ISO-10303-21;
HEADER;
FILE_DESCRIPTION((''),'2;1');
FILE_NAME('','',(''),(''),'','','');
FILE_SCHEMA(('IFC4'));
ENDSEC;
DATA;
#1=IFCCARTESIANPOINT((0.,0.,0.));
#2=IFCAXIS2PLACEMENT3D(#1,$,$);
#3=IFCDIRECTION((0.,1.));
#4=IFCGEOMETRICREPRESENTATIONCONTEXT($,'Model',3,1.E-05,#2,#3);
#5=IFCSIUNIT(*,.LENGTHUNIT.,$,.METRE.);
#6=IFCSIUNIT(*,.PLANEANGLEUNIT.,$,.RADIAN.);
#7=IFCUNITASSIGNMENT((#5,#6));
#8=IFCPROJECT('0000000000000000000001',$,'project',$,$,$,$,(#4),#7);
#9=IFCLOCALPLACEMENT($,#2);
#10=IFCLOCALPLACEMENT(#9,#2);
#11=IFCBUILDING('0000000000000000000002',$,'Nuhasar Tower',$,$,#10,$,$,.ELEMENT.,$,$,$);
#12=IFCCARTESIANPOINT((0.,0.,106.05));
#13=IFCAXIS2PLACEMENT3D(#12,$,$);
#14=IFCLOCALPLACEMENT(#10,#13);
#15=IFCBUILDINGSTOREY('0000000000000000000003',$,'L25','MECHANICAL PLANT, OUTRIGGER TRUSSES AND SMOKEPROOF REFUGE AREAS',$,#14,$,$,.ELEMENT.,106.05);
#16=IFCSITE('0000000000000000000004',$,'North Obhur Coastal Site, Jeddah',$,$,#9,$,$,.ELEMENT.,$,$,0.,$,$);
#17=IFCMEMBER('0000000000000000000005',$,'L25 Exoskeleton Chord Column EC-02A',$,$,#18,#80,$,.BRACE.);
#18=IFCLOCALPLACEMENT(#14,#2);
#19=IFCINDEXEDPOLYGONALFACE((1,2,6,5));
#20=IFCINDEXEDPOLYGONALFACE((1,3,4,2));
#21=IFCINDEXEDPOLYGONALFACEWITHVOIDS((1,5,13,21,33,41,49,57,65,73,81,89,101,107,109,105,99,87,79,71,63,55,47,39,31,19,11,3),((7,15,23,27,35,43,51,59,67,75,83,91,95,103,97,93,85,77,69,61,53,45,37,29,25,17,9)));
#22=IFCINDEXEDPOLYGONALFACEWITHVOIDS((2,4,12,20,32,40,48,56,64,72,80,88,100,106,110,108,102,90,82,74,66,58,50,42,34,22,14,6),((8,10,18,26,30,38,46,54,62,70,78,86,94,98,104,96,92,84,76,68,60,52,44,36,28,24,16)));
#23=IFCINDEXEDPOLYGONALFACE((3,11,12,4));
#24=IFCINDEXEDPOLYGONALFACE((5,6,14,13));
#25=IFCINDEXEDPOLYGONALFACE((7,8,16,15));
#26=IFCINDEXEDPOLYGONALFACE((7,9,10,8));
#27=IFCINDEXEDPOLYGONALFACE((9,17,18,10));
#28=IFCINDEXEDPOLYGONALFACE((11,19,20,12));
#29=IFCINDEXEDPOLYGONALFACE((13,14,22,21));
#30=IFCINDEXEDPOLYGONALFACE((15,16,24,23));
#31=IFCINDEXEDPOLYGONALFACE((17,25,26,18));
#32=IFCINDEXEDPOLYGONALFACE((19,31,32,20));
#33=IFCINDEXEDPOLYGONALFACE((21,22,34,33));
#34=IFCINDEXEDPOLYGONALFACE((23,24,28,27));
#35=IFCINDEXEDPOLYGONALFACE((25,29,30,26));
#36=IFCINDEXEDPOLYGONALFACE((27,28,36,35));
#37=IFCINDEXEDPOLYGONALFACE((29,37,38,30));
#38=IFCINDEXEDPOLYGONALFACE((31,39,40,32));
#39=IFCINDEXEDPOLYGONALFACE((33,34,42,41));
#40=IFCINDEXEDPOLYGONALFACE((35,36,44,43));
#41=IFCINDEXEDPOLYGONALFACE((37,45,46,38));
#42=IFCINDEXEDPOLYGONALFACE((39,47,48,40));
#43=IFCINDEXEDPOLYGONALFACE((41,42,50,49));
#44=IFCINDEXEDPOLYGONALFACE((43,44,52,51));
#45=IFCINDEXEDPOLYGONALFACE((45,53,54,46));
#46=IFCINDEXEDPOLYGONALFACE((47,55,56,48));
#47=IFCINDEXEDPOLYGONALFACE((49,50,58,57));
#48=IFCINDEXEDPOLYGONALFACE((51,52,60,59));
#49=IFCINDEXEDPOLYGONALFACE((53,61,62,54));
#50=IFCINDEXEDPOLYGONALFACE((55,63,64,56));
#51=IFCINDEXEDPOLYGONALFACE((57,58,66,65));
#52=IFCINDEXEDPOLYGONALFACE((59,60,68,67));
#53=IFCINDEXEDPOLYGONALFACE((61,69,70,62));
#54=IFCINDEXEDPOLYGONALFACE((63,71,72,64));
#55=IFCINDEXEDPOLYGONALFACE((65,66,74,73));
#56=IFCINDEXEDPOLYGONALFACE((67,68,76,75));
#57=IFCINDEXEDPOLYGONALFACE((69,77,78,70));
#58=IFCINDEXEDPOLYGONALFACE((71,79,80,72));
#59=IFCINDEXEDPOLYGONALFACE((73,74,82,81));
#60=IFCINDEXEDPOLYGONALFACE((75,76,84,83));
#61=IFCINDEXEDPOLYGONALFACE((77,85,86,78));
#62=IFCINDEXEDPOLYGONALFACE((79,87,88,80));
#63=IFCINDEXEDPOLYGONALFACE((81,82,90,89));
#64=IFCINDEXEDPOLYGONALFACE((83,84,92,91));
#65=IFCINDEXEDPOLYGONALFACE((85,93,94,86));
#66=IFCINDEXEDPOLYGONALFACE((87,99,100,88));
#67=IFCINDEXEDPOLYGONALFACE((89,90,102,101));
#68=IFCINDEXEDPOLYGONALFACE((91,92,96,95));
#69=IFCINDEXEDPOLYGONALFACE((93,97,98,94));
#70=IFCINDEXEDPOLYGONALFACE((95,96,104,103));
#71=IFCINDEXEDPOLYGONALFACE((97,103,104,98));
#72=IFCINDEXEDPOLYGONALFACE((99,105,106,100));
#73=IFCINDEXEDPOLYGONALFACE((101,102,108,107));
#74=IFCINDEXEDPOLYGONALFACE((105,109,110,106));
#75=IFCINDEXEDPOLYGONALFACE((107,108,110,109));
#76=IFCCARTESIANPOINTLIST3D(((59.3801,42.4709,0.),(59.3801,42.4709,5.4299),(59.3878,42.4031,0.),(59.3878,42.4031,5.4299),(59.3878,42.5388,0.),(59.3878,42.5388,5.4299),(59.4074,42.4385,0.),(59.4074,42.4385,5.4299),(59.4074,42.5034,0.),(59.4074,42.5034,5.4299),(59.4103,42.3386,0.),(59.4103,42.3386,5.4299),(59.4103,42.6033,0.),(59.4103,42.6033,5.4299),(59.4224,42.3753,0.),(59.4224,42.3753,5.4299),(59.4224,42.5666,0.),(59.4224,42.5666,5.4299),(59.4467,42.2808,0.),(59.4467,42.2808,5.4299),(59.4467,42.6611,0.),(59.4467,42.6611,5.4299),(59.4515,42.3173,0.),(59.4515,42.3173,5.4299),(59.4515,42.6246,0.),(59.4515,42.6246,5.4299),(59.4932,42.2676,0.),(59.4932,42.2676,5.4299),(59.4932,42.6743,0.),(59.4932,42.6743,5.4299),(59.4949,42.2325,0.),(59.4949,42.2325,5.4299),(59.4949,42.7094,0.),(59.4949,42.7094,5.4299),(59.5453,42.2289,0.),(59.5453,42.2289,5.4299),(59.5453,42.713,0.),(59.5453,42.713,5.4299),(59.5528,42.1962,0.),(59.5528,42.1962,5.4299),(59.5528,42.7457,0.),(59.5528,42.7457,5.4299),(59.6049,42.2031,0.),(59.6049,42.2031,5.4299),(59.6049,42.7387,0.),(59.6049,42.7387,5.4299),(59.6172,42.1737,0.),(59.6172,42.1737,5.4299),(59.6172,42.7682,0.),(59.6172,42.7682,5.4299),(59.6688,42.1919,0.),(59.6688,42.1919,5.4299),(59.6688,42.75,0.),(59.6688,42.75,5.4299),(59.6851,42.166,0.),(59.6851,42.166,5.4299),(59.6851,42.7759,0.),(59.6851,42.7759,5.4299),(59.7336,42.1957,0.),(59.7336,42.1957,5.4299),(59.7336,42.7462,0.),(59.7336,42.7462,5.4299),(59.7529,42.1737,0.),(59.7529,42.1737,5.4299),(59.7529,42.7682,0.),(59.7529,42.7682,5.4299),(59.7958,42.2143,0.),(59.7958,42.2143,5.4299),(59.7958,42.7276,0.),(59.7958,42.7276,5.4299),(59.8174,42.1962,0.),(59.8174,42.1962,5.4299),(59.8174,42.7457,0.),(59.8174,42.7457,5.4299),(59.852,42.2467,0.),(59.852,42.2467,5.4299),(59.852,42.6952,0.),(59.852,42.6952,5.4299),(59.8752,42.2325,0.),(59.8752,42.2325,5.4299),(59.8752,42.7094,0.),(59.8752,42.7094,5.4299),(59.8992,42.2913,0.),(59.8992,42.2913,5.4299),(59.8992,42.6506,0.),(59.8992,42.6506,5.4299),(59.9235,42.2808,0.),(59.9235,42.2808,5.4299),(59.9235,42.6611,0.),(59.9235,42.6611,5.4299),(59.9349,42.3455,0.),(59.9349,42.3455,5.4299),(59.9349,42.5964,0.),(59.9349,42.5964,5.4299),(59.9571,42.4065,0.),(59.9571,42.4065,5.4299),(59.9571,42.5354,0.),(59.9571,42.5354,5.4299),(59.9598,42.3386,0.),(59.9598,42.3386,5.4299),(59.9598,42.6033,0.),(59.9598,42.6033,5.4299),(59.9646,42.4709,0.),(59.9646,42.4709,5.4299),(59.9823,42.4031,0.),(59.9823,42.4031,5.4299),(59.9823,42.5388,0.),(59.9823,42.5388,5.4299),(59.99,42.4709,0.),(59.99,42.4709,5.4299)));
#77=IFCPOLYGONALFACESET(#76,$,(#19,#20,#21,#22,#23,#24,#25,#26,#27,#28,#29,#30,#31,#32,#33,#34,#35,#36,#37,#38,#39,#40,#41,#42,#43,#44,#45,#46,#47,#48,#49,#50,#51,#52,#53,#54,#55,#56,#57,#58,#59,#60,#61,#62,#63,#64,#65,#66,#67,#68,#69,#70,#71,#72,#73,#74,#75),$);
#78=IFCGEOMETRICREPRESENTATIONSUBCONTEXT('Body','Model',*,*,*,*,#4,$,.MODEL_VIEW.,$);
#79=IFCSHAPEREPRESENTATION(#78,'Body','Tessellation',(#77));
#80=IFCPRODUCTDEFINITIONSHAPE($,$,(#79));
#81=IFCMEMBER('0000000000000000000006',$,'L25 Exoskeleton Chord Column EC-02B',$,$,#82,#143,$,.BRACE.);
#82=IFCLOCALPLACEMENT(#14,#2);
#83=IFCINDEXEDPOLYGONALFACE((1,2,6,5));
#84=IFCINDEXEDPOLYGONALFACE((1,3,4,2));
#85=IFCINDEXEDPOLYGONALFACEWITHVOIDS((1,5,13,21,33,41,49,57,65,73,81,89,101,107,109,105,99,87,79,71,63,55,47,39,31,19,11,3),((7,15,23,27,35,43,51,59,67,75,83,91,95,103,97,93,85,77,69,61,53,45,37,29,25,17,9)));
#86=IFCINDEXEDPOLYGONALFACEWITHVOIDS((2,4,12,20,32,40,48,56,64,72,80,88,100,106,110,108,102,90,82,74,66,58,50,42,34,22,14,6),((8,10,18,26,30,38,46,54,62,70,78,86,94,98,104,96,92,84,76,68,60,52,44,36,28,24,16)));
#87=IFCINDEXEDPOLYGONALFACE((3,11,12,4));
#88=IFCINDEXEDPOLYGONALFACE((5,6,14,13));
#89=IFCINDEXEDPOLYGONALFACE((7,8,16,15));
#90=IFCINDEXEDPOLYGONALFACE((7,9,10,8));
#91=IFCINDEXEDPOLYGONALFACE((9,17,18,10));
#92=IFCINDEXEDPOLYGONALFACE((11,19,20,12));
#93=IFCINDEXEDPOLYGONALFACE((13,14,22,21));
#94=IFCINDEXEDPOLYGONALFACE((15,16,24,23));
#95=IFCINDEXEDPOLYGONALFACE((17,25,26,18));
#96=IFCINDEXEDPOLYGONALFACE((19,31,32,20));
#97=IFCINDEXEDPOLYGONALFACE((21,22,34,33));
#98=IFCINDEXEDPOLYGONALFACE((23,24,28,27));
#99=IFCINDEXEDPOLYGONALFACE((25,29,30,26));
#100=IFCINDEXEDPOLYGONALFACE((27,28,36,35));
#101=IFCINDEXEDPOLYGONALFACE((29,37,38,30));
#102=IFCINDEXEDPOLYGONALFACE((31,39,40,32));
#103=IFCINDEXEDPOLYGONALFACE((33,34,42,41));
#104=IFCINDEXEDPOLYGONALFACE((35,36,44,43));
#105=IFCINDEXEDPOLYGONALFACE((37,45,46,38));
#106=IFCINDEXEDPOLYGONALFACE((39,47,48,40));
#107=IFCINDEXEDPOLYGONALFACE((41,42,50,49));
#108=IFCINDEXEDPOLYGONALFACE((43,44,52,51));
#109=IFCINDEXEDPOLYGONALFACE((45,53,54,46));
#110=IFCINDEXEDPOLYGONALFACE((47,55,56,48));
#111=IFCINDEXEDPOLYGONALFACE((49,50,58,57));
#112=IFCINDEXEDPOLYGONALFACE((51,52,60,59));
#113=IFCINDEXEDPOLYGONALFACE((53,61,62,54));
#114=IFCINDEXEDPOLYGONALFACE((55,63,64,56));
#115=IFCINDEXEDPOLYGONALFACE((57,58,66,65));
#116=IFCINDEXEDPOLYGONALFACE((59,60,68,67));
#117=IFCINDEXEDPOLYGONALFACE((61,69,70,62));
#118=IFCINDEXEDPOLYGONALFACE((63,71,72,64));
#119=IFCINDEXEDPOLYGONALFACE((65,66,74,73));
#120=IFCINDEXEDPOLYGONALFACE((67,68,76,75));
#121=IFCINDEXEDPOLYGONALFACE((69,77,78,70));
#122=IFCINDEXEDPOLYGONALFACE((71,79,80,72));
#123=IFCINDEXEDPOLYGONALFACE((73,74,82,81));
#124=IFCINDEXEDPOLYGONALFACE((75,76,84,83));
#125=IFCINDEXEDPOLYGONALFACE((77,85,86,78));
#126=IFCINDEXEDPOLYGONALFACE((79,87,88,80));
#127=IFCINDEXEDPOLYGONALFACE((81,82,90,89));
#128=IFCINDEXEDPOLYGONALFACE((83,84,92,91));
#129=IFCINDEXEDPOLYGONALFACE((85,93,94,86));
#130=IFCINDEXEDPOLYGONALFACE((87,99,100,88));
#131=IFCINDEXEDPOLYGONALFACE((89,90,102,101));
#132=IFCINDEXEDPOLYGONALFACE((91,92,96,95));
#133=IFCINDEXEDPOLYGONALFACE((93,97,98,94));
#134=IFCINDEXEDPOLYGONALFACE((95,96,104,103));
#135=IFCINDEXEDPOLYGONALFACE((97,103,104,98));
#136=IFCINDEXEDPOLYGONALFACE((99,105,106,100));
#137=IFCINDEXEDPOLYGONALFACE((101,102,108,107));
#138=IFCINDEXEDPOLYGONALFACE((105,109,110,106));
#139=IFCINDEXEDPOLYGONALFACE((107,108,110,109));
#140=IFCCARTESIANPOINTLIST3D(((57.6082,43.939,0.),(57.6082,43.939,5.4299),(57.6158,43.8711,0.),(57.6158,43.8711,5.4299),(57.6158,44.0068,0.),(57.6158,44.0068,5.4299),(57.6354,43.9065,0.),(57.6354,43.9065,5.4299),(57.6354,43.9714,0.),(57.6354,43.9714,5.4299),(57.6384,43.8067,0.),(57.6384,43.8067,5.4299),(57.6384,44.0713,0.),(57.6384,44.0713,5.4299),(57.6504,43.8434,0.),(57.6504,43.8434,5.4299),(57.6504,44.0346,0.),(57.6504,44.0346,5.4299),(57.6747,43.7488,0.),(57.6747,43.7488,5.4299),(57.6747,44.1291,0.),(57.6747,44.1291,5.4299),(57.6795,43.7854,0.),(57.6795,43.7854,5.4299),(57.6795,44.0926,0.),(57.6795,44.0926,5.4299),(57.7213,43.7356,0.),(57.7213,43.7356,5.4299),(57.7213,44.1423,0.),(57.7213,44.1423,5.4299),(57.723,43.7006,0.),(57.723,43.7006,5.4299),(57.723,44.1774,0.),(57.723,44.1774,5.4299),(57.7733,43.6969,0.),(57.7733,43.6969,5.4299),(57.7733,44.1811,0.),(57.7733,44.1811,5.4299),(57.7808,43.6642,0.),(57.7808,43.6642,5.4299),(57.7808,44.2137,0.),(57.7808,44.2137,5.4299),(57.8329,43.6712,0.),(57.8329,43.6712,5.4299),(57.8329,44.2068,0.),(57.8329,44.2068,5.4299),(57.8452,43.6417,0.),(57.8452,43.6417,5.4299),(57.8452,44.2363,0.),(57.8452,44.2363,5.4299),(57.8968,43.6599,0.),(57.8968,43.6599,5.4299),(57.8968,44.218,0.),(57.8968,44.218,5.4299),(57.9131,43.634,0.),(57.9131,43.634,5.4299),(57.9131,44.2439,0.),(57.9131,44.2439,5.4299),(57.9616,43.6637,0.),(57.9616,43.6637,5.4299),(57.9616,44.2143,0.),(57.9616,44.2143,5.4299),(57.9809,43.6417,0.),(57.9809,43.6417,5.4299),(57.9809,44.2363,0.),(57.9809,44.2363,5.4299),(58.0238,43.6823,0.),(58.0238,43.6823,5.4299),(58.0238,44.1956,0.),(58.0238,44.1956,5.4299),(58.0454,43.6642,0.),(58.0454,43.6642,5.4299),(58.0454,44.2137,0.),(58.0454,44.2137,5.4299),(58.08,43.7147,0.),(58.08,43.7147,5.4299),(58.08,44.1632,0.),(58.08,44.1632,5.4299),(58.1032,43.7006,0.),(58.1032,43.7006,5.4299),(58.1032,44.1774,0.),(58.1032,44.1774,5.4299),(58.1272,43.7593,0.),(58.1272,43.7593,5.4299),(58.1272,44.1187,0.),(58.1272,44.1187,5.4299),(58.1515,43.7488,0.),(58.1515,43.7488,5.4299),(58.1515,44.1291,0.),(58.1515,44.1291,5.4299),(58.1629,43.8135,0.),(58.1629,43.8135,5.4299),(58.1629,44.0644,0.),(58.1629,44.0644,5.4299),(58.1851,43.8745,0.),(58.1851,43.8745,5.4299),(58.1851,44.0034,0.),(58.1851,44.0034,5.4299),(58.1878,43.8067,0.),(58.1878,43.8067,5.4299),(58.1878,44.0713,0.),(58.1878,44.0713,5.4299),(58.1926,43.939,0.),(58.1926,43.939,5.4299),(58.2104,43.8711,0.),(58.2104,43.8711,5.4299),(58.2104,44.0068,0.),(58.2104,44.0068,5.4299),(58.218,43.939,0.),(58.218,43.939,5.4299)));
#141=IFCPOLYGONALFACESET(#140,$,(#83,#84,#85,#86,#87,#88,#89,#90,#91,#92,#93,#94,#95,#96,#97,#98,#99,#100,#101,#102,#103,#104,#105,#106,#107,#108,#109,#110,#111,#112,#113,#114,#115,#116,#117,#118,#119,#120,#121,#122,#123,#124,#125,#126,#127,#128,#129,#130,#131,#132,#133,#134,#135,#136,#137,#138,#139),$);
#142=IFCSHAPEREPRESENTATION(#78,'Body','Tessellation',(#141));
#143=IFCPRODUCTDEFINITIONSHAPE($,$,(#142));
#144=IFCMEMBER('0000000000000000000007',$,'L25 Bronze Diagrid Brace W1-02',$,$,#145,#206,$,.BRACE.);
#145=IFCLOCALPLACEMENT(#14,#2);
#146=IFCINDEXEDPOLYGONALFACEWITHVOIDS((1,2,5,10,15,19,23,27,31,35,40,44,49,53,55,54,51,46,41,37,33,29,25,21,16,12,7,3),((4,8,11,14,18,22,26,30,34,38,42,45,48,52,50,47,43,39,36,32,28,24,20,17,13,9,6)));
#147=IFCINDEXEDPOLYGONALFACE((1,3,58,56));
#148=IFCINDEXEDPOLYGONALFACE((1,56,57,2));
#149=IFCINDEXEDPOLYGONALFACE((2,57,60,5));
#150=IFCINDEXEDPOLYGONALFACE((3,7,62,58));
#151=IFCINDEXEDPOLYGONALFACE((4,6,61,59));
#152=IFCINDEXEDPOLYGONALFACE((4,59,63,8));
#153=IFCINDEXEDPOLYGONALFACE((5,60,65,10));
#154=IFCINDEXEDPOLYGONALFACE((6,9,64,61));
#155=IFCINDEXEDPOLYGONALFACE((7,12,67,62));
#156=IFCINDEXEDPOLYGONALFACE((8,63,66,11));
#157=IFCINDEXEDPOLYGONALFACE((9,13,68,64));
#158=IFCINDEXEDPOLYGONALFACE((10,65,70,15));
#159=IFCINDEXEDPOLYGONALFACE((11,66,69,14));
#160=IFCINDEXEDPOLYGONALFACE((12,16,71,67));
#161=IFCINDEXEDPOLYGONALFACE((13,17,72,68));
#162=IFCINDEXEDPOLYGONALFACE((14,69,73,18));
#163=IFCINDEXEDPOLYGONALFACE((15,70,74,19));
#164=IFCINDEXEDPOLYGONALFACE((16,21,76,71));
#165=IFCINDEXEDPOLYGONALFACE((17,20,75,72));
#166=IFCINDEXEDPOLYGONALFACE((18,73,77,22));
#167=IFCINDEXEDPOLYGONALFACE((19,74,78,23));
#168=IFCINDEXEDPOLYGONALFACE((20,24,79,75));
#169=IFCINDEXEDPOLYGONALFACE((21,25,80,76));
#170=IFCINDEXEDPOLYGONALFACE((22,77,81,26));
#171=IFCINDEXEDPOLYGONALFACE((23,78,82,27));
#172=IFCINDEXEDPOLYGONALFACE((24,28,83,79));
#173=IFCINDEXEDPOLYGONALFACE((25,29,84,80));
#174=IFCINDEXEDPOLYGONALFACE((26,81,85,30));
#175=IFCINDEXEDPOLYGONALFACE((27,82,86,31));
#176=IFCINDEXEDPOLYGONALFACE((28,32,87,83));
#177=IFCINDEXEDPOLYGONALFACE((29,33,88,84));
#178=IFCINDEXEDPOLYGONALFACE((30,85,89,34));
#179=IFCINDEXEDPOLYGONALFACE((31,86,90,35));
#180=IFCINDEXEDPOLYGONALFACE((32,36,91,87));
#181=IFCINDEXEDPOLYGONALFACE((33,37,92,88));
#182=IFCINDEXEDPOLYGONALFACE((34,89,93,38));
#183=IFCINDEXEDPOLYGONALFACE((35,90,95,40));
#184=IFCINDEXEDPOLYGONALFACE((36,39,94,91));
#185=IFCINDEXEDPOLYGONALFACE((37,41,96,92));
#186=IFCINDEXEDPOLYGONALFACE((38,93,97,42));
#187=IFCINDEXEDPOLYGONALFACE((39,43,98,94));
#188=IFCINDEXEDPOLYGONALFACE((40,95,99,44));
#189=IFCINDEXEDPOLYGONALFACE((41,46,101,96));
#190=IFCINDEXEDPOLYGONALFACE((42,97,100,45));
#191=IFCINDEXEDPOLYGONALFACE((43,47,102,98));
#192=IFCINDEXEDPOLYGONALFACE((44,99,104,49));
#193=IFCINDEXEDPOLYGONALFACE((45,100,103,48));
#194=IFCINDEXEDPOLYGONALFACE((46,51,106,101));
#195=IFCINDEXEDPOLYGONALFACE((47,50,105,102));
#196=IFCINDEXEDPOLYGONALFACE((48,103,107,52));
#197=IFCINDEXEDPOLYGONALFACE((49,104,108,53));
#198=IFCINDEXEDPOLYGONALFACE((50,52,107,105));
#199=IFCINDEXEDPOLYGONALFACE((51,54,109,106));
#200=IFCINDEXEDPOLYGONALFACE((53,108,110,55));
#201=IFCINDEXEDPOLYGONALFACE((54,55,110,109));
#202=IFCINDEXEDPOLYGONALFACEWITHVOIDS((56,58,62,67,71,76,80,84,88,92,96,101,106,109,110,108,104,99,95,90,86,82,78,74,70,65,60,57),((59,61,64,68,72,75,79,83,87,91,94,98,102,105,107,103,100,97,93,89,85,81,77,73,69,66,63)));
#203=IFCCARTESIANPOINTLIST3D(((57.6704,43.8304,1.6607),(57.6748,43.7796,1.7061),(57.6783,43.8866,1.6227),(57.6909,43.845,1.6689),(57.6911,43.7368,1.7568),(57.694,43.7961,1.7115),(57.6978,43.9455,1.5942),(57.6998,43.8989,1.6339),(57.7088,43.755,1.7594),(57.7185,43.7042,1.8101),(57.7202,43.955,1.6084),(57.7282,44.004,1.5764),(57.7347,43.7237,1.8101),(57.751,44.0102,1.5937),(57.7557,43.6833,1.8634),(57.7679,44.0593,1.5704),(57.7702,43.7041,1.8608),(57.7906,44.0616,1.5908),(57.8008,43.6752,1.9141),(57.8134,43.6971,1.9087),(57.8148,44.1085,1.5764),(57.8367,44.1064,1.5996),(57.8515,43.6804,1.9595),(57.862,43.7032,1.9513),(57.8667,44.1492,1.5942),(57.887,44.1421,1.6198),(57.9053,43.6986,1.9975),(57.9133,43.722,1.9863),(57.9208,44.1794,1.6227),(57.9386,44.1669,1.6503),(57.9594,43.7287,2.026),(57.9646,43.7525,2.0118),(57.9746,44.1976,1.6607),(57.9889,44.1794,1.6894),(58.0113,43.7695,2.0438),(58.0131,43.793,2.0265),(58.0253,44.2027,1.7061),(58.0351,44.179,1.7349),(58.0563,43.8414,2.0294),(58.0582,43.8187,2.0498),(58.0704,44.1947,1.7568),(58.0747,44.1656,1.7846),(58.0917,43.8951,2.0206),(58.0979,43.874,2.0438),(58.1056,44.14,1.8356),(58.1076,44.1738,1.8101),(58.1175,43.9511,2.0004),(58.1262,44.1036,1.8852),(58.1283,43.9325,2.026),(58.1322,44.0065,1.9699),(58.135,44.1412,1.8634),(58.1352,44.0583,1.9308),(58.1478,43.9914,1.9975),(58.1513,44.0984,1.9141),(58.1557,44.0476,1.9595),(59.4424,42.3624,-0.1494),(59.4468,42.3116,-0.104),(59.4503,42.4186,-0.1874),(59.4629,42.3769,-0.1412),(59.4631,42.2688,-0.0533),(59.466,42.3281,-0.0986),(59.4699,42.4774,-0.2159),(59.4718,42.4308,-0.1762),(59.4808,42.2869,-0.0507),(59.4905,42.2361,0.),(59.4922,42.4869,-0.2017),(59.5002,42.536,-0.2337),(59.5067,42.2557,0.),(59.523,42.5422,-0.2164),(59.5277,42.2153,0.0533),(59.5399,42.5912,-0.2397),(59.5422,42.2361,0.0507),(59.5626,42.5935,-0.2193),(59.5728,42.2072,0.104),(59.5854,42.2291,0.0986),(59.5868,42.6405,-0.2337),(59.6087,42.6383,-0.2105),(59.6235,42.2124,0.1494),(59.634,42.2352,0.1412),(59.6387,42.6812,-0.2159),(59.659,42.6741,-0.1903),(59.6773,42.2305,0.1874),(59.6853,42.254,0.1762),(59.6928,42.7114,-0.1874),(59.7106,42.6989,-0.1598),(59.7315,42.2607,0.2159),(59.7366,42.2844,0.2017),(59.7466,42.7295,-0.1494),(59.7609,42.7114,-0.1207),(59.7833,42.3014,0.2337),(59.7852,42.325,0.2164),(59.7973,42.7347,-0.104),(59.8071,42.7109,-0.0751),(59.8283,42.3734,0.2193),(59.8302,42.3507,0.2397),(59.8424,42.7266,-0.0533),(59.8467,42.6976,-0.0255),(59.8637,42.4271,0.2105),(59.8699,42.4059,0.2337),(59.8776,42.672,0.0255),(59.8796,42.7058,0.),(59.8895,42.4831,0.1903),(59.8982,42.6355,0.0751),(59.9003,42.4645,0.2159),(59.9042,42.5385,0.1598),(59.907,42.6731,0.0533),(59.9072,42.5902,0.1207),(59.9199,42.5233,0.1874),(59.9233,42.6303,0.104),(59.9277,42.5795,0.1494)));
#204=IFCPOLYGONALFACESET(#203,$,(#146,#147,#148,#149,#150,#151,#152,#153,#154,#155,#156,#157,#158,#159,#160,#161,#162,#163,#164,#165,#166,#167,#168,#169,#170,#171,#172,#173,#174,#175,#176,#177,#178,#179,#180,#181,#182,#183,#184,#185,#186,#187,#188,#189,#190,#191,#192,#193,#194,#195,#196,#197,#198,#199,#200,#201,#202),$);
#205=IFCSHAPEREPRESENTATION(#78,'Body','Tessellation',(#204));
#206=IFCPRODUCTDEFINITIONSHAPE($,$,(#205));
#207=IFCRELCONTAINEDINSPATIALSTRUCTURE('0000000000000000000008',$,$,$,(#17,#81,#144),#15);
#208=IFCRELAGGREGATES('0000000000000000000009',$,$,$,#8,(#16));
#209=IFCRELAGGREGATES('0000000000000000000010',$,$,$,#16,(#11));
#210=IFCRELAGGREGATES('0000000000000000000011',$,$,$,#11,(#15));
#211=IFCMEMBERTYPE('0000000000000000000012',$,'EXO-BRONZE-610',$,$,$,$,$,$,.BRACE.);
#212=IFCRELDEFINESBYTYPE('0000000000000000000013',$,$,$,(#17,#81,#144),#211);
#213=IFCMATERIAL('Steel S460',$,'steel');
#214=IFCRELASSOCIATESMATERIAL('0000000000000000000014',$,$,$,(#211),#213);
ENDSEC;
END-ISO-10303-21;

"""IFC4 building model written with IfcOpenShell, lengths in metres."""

from ifc_helpers import new_model, si_unit, direction, frame, origin, origin_2d, place, context, subcontext, project, spatial, hollow_circle, extrude, material, material_profile, profile_set, type_object, element, save


model = new_model("IFC4")

# Units and contexts
model_context = context("Model", 3, precision=1e-05, world=origin(), true_north=direction((0.0, 1.0)))
body_context = subcontext(model_context, "Body", "Model", "MODEL_VIEW")
ifc_project = project(units=[si_unit("LENGTHUNIT", "METRE"), si_unit("PLANEANGLEUNIT", "RADIAN")], contexts=[model_context])

# Site, building, storey
site_placement = place(None, origin())
site = spatial("IfcSite", under=ifc_project, at=site_placement, Name="North Obhur Coastal Site, Jeddah", CompositionType="ELEMENT", RefElevation=0.0)
building_placement = place(site_placement, origin())
building = spatial("IfcBuilding", under=site, at=building_placement, Name="Nuhasar Tower", CompositionType="ELEMENT")
storey_placement = place(building_placement, frame((0.0, 0.0, 106.05)))
storey = spatial("IfcBuildingStorey", under=building, at=storey_placement, Name="L25", Description="MECHANICAL PLANT, OUTRIGGER TRUSSES AND SMOKEPROOF REFUGE AREAS", CompositionType="ELEMENT", Elevation=106.05)

# Shared definitions
ifc_material_1 = material(Name="Steel S460", Category="steel")

# Members
ifc_material_profile_1 = material_profile(ifc_material_1, hollow_circle(Radius=0.3049, WallThickness=0.0254, at=origin_2d()), Name="HSS610X25.4")
ifc_profile_set_1 = profile_set([ifc_material_profile_1], Name="Steel S460")
member_type_1 = type_object("IfcMemberType", Name="EXO-BRONZE-610", PredefinedType="BRACE", material=ifc_profile_set_1)
for number, where, z_axis, x_axis, name in (
    (1, (59.6851, 42.4709, 0.0), (0.0, 0.0, 1.0), (1.0, 0.0, 0.0), "L25 Exoskeleton Chord Column EC-02A"),
    (2, (57.9131, 43.939, 0.0), (0.0, 0.0, 1.0), (1.0, 0.0, 0.0), "L25 Exoskeleton Chord Column EC-02B"),
):
    element("IfcMember", number, at=place(storey_placement, frame(where, z_axis=z_axis, x_axis=x_axis)), inside=storey, type_object=member_type_1, Name=name, PredefinedType="BRACE", context=body_context, shape_type="SweptSolid", body=[
        extrude(hollow_circle(Radius=0.3049, WallThickness=0.0254, at=origin_2d()), origin(), (0.0, 0.0, 1.0), 5.4299),
    ])
member_1_placement = place(storey_placement, frame((59.6851, 42.4709, 0.0), z_axis=(-0.605249, 0.501428, 0.618258), x_axis=(-0.637969, -0.770062, 0.0)))
element("IfcMember", 3, at=member_1_placement, inside=storey, type_object=member_type_1, Name="L25 Bronze Diagrid Brace W1-02", PredefinedType="BRACE", context=body_context, shape_type="SweptSolid", body=[
    extrude(hollow_circle(Radius=0.3049, WallThickness=0.0254, at=origin_2d()), origin(), (0.0, 0.0, 1.0), 2.9277),
])

save(model, "model.ifc")
